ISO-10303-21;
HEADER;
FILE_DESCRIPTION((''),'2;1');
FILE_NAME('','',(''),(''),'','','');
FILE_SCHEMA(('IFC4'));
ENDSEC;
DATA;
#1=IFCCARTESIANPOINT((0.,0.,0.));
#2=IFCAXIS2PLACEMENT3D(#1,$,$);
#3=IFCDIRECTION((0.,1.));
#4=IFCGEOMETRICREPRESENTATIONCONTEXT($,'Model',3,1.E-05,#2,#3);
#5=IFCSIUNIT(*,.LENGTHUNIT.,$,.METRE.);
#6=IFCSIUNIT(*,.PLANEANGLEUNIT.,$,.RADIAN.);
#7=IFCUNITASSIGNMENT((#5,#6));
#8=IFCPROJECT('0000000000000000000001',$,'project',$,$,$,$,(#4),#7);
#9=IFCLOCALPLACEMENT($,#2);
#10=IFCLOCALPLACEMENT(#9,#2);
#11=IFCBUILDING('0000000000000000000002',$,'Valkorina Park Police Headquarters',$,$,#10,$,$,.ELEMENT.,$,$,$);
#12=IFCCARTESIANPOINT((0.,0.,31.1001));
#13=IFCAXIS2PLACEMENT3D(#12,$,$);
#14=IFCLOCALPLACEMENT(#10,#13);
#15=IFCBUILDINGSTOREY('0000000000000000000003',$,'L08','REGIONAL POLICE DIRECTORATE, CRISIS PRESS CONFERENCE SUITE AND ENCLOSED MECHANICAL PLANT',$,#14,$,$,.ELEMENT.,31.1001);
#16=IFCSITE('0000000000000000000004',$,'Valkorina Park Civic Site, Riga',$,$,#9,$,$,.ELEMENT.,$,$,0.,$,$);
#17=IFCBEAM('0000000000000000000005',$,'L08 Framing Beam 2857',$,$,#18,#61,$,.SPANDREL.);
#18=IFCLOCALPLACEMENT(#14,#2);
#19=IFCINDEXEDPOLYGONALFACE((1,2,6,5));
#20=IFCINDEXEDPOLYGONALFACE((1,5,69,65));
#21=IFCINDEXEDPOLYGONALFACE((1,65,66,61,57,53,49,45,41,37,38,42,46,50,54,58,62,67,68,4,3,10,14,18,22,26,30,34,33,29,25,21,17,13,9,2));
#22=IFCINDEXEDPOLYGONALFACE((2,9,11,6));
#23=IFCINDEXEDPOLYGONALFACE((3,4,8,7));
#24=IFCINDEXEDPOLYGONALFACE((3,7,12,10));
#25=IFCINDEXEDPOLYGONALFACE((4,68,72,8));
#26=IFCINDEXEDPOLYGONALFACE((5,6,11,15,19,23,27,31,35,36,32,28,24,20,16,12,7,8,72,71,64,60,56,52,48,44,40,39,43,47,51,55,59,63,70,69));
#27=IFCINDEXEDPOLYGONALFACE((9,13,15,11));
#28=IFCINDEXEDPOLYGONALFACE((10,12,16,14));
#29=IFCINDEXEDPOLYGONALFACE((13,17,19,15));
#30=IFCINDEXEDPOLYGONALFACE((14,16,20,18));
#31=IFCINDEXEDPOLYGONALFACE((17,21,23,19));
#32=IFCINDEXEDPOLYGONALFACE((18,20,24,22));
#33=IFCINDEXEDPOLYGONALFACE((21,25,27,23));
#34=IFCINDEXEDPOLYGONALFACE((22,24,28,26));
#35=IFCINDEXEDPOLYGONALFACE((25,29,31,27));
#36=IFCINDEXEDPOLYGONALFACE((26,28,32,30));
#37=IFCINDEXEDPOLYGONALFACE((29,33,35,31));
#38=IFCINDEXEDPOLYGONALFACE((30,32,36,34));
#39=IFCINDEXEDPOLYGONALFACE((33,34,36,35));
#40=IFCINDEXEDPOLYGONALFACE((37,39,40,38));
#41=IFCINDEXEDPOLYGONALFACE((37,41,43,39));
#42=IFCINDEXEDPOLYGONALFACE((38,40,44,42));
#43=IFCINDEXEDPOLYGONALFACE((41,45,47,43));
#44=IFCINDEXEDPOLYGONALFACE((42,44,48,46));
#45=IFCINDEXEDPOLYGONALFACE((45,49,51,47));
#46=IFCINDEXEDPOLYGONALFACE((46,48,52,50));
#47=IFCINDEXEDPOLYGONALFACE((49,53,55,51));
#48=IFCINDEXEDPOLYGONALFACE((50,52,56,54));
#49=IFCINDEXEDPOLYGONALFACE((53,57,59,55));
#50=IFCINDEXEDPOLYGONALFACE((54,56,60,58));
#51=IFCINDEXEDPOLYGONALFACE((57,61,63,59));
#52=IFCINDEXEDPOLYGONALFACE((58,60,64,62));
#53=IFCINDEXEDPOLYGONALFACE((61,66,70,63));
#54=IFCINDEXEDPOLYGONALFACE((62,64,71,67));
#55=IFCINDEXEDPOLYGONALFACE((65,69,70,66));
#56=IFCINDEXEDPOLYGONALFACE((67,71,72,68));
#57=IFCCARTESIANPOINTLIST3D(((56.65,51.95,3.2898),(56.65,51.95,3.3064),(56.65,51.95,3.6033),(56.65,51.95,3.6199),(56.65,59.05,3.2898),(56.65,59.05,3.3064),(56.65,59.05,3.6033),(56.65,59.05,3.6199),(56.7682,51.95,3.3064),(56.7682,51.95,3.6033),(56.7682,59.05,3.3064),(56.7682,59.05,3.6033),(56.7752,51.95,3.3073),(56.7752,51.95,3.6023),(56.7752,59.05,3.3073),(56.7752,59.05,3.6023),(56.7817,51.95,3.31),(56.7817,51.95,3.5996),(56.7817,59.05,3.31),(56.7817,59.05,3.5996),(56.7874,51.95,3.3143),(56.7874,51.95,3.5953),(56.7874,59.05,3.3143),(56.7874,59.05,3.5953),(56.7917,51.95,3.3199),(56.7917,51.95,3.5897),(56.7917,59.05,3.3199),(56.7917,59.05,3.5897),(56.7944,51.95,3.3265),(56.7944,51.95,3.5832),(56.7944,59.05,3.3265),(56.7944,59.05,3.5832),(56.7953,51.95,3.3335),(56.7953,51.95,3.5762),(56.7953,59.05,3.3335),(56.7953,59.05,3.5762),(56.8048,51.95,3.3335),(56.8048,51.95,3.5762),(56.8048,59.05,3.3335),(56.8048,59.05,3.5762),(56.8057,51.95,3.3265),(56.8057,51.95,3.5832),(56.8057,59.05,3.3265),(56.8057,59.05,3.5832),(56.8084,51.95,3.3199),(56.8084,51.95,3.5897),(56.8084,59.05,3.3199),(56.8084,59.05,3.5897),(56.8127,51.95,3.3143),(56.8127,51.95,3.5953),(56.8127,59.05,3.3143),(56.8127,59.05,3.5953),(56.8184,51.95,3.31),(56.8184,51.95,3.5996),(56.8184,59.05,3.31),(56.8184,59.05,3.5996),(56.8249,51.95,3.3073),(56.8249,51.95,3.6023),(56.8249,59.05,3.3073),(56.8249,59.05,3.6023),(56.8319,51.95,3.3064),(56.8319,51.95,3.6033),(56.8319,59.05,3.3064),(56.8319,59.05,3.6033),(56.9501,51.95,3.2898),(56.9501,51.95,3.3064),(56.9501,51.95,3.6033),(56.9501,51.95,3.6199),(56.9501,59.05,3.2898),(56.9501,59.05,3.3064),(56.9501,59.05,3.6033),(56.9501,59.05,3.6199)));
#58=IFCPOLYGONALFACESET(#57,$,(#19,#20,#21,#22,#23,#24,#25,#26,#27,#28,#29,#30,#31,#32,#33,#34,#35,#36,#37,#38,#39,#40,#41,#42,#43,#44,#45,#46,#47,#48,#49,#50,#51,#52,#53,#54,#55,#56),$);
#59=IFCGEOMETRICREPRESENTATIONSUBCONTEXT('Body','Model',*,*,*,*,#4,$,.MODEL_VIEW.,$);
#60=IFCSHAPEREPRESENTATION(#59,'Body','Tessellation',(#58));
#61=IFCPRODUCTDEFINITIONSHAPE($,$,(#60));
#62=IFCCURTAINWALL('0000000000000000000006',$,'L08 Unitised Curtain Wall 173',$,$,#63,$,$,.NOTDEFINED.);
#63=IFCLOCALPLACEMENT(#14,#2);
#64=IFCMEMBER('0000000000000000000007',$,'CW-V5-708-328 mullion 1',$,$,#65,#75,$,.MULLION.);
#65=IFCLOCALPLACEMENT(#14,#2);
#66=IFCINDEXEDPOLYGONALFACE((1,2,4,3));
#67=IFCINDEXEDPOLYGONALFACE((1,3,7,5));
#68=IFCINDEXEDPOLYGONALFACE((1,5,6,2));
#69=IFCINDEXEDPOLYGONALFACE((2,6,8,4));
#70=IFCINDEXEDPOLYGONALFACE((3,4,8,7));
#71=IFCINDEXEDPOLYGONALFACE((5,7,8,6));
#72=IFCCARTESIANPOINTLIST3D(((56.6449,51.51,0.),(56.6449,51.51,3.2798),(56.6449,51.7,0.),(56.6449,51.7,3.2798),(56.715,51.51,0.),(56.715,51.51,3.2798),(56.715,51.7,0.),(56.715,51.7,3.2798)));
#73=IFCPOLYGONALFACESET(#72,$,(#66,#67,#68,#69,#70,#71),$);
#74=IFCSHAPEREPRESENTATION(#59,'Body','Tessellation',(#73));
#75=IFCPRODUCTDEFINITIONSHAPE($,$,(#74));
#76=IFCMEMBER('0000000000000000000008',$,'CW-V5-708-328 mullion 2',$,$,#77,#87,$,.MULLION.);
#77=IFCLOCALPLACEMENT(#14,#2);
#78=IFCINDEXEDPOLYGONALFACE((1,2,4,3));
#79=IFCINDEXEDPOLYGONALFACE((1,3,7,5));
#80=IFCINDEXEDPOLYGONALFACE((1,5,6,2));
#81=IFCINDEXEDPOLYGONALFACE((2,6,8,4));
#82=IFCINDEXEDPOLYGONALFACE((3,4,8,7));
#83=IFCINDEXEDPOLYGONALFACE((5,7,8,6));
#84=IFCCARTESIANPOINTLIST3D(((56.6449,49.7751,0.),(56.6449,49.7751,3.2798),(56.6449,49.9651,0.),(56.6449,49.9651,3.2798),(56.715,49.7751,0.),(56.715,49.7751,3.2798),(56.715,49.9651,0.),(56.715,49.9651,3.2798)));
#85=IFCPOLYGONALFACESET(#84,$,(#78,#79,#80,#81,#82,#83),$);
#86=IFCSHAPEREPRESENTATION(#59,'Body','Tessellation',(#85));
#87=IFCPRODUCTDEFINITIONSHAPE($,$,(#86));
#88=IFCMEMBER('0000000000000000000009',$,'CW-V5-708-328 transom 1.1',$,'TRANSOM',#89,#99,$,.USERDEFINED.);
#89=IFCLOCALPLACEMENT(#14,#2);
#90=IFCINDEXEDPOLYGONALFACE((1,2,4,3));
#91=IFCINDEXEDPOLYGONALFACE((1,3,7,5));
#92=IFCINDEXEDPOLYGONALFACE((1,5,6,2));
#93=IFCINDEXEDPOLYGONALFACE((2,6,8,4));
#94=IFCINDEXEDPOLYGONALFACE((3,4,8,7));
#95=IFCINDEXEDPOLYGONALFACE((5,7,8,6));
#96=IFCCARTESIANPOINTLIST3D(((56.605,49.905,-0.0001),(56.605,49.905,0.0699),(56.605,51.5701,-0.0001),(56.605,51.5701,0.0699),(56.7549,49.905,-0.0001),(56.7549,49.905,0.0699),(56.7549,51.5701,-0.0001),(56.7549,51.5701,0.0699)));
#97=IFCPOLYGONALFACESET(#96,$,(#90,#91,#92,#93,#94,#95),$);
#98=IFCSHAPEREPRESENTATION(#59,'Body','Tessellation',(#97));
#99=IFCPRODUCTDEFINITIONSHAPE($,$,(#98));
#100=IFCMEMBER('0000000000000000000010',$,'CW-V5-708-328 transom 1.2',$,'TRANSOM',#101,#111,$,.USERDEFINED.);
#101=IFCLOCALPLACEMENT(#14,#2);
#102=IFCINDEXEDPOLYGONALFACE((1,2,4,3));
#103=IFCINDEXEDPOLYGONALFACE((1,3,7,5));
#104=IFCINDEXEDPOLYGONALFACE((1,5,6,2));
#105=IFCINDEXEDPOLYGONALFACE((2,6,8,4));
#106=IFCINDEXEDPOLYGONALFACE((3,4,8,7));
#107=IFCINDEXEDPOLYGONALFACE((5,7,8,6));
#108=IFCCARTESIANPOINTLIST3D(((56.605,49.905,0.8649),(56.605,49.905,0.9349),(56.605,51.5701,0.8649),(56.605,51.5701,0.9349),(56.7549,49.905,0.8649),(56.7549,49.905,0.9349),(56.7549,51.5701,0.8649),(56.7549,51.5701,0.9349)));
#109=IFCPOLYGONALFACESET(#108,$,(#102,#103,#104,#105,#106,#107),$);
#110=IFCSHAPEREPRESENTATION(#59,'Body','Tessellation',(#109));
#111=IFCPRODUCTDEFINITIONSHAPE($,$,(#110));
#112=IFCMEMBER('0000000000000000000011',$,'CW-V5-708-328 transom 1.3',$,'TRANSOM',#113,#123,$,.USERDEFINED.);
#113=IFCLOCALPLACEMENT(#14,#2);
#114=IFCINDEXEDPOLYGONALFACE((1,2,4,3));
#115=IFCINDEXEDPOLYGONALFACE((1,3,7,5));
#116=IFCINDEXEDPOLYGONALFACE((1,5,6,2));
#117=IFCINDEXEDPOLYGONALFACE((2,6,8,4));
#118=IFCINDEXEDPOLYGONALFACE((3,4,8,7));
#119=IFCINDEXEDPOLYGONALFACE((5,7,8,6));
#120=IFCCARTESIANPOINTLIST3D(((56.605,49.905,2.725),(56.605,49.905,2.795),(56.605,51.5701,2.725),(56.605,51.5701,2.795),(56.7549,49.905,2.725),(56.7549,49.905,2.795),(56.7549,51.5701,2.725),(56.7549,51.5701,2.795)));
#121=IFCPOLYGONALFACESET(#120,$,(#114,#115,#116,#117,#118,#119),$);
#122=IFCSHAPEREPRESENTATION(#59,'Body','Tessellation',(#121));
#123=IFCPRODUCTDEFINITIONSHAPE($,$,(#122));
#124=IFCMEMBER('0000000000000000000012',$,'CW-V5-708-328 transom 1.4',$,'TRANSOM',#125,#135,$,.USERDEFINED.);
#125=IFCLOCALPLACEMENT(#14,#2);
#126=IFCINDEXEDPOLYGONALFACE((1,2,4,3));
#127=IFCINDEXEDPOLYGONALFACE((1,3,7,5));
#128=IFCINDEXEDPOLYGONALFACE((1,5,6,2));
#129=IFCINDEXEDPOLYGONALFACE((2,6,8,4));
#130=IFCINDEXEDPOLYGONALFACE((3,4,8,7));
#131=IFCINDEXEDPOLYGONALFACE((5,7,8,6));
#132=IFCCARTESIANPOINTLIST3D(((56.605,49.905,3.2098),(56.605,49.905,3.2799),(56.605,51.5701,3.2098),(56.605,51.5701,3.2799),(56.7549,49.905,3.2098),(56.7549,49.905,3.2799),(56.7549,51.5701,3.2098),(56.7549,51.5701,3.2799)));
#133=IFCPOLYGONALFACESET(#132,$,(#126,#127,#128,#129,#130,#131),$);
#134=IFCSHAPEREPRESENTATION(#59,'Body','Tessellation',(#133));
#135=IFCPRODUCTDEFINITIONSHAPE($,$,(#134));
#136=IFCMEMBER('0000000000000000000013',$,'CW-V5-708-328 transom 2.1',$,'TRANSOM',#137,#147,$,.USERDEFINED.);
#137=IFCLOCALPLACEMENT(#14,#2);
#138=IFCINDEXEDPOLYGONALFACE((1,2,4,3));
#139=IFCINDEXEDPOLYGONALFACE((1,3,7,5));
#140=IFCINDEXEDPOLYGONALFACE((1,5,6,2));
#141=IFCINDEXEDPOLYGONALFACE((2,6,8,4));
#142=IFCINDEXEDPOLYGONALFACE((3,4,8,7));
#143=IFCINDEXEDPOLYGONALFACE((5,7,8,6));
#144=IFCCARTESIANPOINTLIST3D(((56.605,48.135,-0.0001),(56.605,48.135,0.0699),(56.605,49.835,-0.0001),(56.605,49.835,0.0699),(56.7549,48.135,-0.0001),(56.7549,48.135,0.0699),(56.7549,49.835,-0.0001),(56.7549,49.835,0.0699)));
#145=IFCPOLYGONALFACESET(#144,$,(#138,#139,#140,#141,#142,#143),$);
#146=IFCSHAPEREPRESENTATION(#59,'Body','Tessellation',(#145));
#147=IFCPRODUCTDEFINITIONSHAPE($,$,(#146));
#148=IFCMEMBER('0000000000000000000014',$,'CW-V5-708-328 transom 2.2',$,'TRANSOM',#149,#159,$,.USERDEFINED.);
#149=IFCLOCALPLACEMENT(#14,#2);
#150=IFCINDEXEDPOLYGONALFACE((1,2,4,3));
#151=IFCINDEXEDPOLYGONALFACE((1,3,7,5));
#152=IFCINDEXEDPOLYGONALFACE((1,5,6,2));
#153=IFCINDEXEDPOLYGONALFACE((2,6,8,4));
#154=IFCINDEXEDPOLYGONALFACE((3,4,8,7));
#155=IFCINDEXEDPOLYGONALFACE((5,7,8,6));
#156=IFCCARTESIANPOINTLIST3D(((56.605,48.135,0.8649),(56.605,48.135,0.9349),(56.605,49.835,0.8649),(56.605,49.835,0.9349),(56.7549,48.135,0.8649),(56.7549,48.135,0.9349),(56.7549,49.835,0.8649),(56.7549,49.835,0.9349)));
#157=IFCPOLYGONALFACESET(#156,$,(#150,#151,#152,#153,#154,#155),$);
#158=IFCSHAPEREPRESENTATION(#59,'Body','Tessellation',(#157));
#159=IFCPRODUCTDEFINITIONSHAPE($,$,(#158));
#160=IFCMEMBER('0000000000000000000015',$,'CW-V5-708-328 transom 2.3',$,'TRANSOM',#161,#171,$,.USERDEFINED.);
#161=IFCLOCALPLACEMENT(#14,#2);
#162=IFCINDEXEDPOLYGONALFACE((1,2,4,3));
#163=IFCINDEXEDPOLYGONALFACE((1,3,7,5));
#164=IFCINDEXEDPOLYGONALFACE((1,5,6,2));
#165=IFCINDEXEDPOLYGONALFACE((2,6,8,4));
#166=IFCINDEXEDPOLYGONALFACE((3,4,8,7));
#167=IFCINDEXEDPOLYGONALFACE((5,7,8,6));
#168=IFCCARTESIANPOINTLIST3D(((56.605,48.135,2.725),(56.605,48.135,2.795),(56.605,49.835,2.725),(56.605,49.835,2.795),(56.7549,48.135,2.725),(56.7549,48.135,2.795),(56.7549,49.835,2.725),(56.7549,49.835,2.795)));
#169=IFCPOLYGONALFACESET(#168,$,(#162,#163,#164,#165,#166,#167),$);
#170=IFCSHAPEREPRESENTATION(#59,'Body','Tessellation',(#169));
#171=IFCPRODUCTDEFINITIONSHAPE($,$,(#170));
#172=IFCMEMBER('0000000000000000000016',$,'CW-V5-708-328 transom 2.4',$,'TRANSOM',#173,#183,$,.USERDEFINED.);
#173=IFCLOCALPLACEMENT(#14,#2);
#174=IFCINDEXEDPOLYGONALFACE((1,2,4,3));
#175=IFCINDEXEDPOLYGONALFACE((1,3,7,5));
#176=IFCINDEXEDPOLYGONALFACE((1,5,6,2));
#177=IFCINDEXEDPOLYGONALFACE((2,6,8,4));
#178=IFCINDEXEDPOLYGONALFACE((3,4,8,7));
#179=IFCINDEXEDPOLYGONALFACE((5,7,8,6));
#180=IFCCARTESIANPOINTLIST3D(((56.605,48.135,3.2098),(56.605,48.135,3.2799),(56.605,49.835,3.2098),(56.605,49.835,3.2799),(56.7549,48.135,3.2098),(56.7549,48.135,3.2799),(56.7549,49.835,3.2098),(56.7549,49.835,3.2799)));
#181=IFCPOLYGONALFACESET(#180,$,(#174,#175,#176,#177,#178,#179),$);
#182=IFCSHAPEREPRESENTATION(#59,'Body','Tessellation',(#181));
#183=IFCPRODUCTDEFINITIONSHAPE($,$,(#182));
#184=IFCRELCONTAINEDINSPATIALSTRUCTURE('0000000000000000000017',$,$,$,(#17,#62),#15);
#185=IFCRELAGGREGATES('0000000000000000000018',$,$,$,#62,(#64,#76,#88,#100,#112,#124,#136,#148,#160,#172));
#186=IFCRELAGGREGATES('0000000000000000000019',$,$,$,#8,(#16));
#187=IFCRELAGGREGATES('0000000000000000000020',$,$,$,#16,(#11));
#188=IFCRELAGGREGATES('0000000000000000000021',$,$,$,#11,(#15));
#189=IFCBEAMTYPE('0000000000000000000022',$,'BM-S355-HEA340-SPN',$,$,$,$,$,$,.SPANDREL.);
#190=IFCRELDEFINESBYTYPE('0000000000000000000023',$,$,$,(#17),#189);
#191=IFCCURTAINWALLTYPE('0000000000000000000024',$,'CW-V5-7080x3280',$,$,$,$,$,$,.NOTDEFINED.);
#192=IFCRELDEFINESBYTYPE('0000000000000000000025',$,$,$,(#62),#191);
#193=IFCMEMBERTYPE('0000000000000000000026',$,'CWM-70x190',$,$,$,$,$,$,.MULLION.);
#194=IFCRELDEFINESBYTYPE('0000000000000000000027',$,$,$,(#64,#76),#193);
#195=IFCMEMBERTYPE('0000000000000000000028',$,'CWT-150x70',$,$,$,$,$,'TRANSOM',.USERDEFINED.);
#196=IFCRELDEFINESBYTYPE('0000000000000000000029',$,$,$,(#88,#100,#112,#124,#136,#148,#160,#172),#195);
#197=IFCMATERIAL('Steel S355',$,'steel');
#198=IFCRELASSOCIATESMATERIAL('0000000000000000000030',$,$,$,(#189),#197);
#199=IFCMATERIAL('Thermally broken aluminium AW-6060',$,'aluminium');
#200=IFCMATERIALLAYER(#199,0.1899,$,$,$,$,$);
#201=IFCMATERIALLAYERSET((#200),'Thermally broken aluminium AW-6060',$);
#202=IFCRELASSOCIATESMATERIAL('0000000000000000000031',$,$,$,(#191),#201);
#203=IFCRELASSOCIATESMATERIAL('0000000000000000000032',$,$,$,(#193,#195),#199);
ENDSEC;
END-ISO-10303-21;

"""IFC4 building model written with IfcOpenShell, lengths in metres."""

from ifc_helpers import new_model, si_unit, direction, frame, origin, origin_2d, place, context, subcontext, project, spatial, rectangle, i_section, extrude, material, layer, layer_set, material_profile, profile_set, type_object, element, aggregate, save


model = new_model("IFC4")

# Units and contexts
model_context = context("Model", 3, precision=1e-05, world=origin(), true_north=direction((0.0, 1.0)))
body_context = subcontext(model_context, "Body", "Model", "MODEL_VIEW")
ifc_project = project(units=[si_unit("LENGTHUNIT", "METRE"), si_unit("PLANEANGLEUNIT", "RADIAN")], contexts=[model_context])

# Site, building, storey
site_placement = place(None, origin())
site = spatial("IfcSite", under=ifc_project, at=site_placement, Name="Valkorina Park Civic Site, Riga", CompositionType="ELEMENT", RefElevation=0.0)
building_placement = place(site_placement, origin())
building = spatial("IfcBuilding", under=site, at=building_placement, Name="Valkorina Park Police Headquarters", CompositionType="ELEMENT")
storey_placement = place(building_placement, frame((0.0, 0.0, 31.1001)))
storey = spatial("IfcBuildingStorey", under=building, at=storey_placement, Name="L08", Description="REGIONAL POLICE DIRECTORATE, CRISIS PRESS CONFERENCE SUITE AND ENCLOSED MECHANICAL PLANT", CompositionType="ELEMENT", Elevation=31.1001)

# Shared definitions
ifc_material_1 = material(Name="Steel S355", Category="steel")

# Beam
ifc_material_profile_1 = material_profile(ifc_material_1, i_section(OverallWidth=0.3, OverallDepth=0.3301, WebThickness=0.0095, FlangeThickness=0.0166, FilletRadius=0.0271, at=origin_2d()), Name="HEA 340")
ifc_profile_set_1 = profile_set([ifc_material_profile_1], Name="Steel S355")
beam_type = type_object("IfcBeamType", Name="BM-S355-HEA340-SPN", PredefinedType="SPANDREL", material=ifc_profile_set_1)
beam_1_placement = place(storey_placement, frame((56.8, 51.95, 3.4548), z_axis=(0.0, 1.0, 0.0), x_axis=(-1.0, 0.0, 0.0)))
element("IfcBeam", 1, at=beam_1_placement, inside=storey, type_object=beam_type, Name="L08 Framing Beam 2857", PredefinedType="SPANDREL", context=body_context, shape_type="SweptSolid", body=[
    extrude(i_section(OverallWidth=0.3, OverallDepth=0.3301, WebThickness=0.0095, FlangeThickness=0.0166, FilletRadius=0.0271, at=origin_2d()), origin(), (0.0, 0.0, 1.0), 7.1001),
])

# Curtain wall, members
ifc_material_2 = material(Name="Thermally broken aluminium AW-6060", Category="aluminium")
ifc_layer_1 = layer(ifc_material_2, 0.1899)
ifc_layer_set_1 = layer_set([ifc_layer_1], Name="Thermally broken aluminium AW-6060")
curtain_wall_type = type_object("IfcCurtainWallType", Name="CW-V5-7080x3280", PredefinedType="NOTDEFINED", material=ifc_layer_set_1)
curtain_wall_placement = place(storey_placement, origin())
curtain_wall = element("IfcCurtainWall", 2, at=curtain_wall_placement, inside=storey, type_object=curtain_wall_type, Name="L08 Unitised Curtain Wall 173", PredefinedType="NOTDEFINED")
ifc_material_profile_2 = material_profile(ifc_material_2, rectangle(XDim=0.0701, YDim=0.1899, at=origin_2d()), Name="CWM-02 70x190")
ifc_profile_set_2 = profile_set([ifc_material_profile_2], Name="Thermally broken aluminium AW-6060")
member_type_1 = type_object("IfcMemberType", Name="CWM-70x190", PredefinedType="MULLION", material=ifc_profile_set_2)
member_1_placement = place(storey_placement, frame((56.6799, 51.605, 0.0), z_axis=(0.0, 0.0, 1.0), x_axis=(1.0, 0.0, 0.0)))
member_1 = element("IfcMember", 3, at=member_1_placement, type_object=member_type_1, Name="CW-V5-708-328 mullion 1", PredefinedType="MULLION", context=body_context, shape_type="SweptSolid", body=[
    extrude(rectangle(XDim=0.0701, YDim=0.1899, at=origin_2d()), origin(), (0.0, 0.0, 1.0), 3.2798),
])
member_2_placement = place(storey_placement, frame((56.6799, 49.8701, 0.0), z_axis=(0.0, 0.0, 1.0), x_axis=(1.0, 0.0, 0.0)))
member_2 = element("IfcMember", 4, at=member_2_placement, type_object=member_type_1, Name="CW-V5-708-328 mullion 2", PredefinedType="MULLION", context=body_context, shape_type="SweptSolid", body=[
    extrude(rectangle(XDim=0.0701, YDim=0.1899, at=origin_2d()), origin(), (0.0, 0.0, 1.0), 3.2798),
])
ifc_material_profile_3 = material_profile(ifc_material_2, rectangle(XDim=0.1499, YDim=0.0701, at=origin_2d()), Name="CWT-02 150x70")
ifc_profile_set_3 = profile_set([ifc_material_profile_3], Name="Thermally broken aluminium AW-6060")
member_type_2 = type_object("IfcMemberType", Name="CWT-150x70", ElementType="TRANSOM", PredefinedType="USERDEFINED", material=ifc_profile_set_3)
member_3_placement = place(storey_placement, frame((56.6799, 51.5701, 0.0349), z_axis=(0.0, -1.0, 0.0), x_axis=(1.0, 0.0, 0.0)))
member_3 = element("IfcMember", 5, at=member_3_placement, type_object=member_type_2, Name="CW-V5-708-328 transom 1.1", ObjectType="TRANSOM", PredefinedType="USERDEFINED", context=body_context, shape_type="SweptSolid", body=[
    extrude(rectangle(XDim=0.1499, YDim=0.0701, at=origin_2d()), origin(), (0.0, 0.0, 1.0), 1.665),
])
member_4_placement = place(storey_placement, frame((56.6799, 51.5701, 0.8999), z_axis=(0.0, -1.0, 0.0), x_axis=(1.0, 0.0, 0.0)))
member_4 = element("IfcMember", 6, at=member_4_placement, type_object=member_type_2, Name="CW-V5-708-328 transom 1.2", ObjectType="TRANSOM", PredefinedType="USERDEFINED", context=body_context, shape_type="SweptSolid", body=[
    extrude(rectangle(XDim=0.1499, YDim=0.0701, at=origin_2d()), origin(), (0.0, 0.0, 1.0), 1.665),
])
member_5_placement = place(storey_placement, frame((56.6799, 51.5701, 2.76), z_axis=(0.0, -1.0, 0.0), x_axis=(1.0, 0.0, 0.0)))
member_5 = element("IfcMember", 7, at=member_5_placement, type_object=member_type_2, Name="CW-V5-708-328 transom 1.3", ObjectType="TRANSOM", PredefinedType="USERDEFINED", context=body_context, shape_type="SweptSolid", body=[
    extrude(rectangle(XDim=0.1499, YDim=0.0701, at=origin_2d()), origin(), (0.0, 0.0, 1.0), 1.665),
])
member_6_placement = place(storey_placement, frame((56.6799, 51.5701, 3.2449), z_axis=(0.0, -1.0, 0.0), x_axis=(1.0, 0.0, 0.0)))
member_6 = element("IfcMember", 8, at=member_6_placement, type_object=member_type_2, Name="CW-V5-708-328 transom 1.4", ObjectType="TRANSOM", PredefinedType="USERDEFINED", context=body_context, shape_type="SweptSolid", body=[
    extrude(rectangle(XDim=0.1499, YDim=0.0701, at=origin_2d()), origin(), (0.0, 0.0, 1.0), 1.665),
])
member_7_placement = place(storey_placement, frame((56.6799, 49.835, 0.0349), z_axis=(0.0, -1.0, 0.0), x_axis=(1.0, 0.0, 0.0)))
member_7 = element("IfcMember", 9, at=member_7_placement, type_object=member_type_2, Name="CW-V5-708-328 transom 2.1", ObjectType="TRANSOM", PredefinedType="USERDEFINED", context=body_context, shape_type="SweptSolid", body=[
    extrude(rectangle(XDim=0.1499, YDim=0.0701, at=origin_2d()), origin(), (0.0, 0.0, 1.0), 1.7),
])
member_8_placement = place(storey_placement, frame((56.6799, 49.835, 0.8999), z_axis=(0.0, -1.0, 0.0), x_axis=(1.0, 0.0, 0.0)))
member_8 = element("IfcMember", 10, at=member_8_placement, type_object=member_type_2, Name="CW-V5-708-328 transom 2.2", ObjectType="TRANSOM", PredefinedType="USERDEFINED", context=body_context, shape_type="SweptSolid", body=[
    extrude(rectangle(XDim=0.1499, YDim=0.0701, at=origin_2d()), origin(), (0.0, 0.0, 1.0), 1.7),
])
member_9_placement = place(storey_placement, frame((56.6799, 49.835, 2.76), z_axis=(0.0, -1.0, 0.0), x_axis=(1.0, 0.0, 0.0)))
member_9 = element("IfcMember", 11, at=member_9_placement, type_object=member_type_2, Name="CW-V5-708-328 transom 2.3", ObjectType="TRANSOM", PredefinedType="USERDEFINED", context=body_context, shape_type="SweptSolid", body=[
    extrude(rectangle(XDim=0.1499, YDim=0.0701, at=origin_2d()), origin(), (0.0, 0.0, 1.0), 1.7),
])
member_10_placement = place(storey_placement, frame((56.6799, 49.835, 3.2449), z_axis=(0.0, -1.0, 0.0), x_axis=(1.0, 0.0, 0.0)))
member_10 = element("IfcMember", 12, at=member_10_placement, type_object=member_type_2, Name="CW-V5-708-328 transom 2.4", ObjectType="TRANSOM", PredefinedType="USERDEFINED", context=body_context, shape_type="SweptSolid", body=[
    extrude(rectangle(XDim=0.1499, YDim=0.0701, at=origin_2d()), origin(), (0.0, 0.0, 1.0), 1.7),
])
aggregate(curtain_wall, [member_1, member_2, member_3, member_4, member_5, member_6, member_7, member_8, member_9, member_10])

save(model, "model.ifc")
